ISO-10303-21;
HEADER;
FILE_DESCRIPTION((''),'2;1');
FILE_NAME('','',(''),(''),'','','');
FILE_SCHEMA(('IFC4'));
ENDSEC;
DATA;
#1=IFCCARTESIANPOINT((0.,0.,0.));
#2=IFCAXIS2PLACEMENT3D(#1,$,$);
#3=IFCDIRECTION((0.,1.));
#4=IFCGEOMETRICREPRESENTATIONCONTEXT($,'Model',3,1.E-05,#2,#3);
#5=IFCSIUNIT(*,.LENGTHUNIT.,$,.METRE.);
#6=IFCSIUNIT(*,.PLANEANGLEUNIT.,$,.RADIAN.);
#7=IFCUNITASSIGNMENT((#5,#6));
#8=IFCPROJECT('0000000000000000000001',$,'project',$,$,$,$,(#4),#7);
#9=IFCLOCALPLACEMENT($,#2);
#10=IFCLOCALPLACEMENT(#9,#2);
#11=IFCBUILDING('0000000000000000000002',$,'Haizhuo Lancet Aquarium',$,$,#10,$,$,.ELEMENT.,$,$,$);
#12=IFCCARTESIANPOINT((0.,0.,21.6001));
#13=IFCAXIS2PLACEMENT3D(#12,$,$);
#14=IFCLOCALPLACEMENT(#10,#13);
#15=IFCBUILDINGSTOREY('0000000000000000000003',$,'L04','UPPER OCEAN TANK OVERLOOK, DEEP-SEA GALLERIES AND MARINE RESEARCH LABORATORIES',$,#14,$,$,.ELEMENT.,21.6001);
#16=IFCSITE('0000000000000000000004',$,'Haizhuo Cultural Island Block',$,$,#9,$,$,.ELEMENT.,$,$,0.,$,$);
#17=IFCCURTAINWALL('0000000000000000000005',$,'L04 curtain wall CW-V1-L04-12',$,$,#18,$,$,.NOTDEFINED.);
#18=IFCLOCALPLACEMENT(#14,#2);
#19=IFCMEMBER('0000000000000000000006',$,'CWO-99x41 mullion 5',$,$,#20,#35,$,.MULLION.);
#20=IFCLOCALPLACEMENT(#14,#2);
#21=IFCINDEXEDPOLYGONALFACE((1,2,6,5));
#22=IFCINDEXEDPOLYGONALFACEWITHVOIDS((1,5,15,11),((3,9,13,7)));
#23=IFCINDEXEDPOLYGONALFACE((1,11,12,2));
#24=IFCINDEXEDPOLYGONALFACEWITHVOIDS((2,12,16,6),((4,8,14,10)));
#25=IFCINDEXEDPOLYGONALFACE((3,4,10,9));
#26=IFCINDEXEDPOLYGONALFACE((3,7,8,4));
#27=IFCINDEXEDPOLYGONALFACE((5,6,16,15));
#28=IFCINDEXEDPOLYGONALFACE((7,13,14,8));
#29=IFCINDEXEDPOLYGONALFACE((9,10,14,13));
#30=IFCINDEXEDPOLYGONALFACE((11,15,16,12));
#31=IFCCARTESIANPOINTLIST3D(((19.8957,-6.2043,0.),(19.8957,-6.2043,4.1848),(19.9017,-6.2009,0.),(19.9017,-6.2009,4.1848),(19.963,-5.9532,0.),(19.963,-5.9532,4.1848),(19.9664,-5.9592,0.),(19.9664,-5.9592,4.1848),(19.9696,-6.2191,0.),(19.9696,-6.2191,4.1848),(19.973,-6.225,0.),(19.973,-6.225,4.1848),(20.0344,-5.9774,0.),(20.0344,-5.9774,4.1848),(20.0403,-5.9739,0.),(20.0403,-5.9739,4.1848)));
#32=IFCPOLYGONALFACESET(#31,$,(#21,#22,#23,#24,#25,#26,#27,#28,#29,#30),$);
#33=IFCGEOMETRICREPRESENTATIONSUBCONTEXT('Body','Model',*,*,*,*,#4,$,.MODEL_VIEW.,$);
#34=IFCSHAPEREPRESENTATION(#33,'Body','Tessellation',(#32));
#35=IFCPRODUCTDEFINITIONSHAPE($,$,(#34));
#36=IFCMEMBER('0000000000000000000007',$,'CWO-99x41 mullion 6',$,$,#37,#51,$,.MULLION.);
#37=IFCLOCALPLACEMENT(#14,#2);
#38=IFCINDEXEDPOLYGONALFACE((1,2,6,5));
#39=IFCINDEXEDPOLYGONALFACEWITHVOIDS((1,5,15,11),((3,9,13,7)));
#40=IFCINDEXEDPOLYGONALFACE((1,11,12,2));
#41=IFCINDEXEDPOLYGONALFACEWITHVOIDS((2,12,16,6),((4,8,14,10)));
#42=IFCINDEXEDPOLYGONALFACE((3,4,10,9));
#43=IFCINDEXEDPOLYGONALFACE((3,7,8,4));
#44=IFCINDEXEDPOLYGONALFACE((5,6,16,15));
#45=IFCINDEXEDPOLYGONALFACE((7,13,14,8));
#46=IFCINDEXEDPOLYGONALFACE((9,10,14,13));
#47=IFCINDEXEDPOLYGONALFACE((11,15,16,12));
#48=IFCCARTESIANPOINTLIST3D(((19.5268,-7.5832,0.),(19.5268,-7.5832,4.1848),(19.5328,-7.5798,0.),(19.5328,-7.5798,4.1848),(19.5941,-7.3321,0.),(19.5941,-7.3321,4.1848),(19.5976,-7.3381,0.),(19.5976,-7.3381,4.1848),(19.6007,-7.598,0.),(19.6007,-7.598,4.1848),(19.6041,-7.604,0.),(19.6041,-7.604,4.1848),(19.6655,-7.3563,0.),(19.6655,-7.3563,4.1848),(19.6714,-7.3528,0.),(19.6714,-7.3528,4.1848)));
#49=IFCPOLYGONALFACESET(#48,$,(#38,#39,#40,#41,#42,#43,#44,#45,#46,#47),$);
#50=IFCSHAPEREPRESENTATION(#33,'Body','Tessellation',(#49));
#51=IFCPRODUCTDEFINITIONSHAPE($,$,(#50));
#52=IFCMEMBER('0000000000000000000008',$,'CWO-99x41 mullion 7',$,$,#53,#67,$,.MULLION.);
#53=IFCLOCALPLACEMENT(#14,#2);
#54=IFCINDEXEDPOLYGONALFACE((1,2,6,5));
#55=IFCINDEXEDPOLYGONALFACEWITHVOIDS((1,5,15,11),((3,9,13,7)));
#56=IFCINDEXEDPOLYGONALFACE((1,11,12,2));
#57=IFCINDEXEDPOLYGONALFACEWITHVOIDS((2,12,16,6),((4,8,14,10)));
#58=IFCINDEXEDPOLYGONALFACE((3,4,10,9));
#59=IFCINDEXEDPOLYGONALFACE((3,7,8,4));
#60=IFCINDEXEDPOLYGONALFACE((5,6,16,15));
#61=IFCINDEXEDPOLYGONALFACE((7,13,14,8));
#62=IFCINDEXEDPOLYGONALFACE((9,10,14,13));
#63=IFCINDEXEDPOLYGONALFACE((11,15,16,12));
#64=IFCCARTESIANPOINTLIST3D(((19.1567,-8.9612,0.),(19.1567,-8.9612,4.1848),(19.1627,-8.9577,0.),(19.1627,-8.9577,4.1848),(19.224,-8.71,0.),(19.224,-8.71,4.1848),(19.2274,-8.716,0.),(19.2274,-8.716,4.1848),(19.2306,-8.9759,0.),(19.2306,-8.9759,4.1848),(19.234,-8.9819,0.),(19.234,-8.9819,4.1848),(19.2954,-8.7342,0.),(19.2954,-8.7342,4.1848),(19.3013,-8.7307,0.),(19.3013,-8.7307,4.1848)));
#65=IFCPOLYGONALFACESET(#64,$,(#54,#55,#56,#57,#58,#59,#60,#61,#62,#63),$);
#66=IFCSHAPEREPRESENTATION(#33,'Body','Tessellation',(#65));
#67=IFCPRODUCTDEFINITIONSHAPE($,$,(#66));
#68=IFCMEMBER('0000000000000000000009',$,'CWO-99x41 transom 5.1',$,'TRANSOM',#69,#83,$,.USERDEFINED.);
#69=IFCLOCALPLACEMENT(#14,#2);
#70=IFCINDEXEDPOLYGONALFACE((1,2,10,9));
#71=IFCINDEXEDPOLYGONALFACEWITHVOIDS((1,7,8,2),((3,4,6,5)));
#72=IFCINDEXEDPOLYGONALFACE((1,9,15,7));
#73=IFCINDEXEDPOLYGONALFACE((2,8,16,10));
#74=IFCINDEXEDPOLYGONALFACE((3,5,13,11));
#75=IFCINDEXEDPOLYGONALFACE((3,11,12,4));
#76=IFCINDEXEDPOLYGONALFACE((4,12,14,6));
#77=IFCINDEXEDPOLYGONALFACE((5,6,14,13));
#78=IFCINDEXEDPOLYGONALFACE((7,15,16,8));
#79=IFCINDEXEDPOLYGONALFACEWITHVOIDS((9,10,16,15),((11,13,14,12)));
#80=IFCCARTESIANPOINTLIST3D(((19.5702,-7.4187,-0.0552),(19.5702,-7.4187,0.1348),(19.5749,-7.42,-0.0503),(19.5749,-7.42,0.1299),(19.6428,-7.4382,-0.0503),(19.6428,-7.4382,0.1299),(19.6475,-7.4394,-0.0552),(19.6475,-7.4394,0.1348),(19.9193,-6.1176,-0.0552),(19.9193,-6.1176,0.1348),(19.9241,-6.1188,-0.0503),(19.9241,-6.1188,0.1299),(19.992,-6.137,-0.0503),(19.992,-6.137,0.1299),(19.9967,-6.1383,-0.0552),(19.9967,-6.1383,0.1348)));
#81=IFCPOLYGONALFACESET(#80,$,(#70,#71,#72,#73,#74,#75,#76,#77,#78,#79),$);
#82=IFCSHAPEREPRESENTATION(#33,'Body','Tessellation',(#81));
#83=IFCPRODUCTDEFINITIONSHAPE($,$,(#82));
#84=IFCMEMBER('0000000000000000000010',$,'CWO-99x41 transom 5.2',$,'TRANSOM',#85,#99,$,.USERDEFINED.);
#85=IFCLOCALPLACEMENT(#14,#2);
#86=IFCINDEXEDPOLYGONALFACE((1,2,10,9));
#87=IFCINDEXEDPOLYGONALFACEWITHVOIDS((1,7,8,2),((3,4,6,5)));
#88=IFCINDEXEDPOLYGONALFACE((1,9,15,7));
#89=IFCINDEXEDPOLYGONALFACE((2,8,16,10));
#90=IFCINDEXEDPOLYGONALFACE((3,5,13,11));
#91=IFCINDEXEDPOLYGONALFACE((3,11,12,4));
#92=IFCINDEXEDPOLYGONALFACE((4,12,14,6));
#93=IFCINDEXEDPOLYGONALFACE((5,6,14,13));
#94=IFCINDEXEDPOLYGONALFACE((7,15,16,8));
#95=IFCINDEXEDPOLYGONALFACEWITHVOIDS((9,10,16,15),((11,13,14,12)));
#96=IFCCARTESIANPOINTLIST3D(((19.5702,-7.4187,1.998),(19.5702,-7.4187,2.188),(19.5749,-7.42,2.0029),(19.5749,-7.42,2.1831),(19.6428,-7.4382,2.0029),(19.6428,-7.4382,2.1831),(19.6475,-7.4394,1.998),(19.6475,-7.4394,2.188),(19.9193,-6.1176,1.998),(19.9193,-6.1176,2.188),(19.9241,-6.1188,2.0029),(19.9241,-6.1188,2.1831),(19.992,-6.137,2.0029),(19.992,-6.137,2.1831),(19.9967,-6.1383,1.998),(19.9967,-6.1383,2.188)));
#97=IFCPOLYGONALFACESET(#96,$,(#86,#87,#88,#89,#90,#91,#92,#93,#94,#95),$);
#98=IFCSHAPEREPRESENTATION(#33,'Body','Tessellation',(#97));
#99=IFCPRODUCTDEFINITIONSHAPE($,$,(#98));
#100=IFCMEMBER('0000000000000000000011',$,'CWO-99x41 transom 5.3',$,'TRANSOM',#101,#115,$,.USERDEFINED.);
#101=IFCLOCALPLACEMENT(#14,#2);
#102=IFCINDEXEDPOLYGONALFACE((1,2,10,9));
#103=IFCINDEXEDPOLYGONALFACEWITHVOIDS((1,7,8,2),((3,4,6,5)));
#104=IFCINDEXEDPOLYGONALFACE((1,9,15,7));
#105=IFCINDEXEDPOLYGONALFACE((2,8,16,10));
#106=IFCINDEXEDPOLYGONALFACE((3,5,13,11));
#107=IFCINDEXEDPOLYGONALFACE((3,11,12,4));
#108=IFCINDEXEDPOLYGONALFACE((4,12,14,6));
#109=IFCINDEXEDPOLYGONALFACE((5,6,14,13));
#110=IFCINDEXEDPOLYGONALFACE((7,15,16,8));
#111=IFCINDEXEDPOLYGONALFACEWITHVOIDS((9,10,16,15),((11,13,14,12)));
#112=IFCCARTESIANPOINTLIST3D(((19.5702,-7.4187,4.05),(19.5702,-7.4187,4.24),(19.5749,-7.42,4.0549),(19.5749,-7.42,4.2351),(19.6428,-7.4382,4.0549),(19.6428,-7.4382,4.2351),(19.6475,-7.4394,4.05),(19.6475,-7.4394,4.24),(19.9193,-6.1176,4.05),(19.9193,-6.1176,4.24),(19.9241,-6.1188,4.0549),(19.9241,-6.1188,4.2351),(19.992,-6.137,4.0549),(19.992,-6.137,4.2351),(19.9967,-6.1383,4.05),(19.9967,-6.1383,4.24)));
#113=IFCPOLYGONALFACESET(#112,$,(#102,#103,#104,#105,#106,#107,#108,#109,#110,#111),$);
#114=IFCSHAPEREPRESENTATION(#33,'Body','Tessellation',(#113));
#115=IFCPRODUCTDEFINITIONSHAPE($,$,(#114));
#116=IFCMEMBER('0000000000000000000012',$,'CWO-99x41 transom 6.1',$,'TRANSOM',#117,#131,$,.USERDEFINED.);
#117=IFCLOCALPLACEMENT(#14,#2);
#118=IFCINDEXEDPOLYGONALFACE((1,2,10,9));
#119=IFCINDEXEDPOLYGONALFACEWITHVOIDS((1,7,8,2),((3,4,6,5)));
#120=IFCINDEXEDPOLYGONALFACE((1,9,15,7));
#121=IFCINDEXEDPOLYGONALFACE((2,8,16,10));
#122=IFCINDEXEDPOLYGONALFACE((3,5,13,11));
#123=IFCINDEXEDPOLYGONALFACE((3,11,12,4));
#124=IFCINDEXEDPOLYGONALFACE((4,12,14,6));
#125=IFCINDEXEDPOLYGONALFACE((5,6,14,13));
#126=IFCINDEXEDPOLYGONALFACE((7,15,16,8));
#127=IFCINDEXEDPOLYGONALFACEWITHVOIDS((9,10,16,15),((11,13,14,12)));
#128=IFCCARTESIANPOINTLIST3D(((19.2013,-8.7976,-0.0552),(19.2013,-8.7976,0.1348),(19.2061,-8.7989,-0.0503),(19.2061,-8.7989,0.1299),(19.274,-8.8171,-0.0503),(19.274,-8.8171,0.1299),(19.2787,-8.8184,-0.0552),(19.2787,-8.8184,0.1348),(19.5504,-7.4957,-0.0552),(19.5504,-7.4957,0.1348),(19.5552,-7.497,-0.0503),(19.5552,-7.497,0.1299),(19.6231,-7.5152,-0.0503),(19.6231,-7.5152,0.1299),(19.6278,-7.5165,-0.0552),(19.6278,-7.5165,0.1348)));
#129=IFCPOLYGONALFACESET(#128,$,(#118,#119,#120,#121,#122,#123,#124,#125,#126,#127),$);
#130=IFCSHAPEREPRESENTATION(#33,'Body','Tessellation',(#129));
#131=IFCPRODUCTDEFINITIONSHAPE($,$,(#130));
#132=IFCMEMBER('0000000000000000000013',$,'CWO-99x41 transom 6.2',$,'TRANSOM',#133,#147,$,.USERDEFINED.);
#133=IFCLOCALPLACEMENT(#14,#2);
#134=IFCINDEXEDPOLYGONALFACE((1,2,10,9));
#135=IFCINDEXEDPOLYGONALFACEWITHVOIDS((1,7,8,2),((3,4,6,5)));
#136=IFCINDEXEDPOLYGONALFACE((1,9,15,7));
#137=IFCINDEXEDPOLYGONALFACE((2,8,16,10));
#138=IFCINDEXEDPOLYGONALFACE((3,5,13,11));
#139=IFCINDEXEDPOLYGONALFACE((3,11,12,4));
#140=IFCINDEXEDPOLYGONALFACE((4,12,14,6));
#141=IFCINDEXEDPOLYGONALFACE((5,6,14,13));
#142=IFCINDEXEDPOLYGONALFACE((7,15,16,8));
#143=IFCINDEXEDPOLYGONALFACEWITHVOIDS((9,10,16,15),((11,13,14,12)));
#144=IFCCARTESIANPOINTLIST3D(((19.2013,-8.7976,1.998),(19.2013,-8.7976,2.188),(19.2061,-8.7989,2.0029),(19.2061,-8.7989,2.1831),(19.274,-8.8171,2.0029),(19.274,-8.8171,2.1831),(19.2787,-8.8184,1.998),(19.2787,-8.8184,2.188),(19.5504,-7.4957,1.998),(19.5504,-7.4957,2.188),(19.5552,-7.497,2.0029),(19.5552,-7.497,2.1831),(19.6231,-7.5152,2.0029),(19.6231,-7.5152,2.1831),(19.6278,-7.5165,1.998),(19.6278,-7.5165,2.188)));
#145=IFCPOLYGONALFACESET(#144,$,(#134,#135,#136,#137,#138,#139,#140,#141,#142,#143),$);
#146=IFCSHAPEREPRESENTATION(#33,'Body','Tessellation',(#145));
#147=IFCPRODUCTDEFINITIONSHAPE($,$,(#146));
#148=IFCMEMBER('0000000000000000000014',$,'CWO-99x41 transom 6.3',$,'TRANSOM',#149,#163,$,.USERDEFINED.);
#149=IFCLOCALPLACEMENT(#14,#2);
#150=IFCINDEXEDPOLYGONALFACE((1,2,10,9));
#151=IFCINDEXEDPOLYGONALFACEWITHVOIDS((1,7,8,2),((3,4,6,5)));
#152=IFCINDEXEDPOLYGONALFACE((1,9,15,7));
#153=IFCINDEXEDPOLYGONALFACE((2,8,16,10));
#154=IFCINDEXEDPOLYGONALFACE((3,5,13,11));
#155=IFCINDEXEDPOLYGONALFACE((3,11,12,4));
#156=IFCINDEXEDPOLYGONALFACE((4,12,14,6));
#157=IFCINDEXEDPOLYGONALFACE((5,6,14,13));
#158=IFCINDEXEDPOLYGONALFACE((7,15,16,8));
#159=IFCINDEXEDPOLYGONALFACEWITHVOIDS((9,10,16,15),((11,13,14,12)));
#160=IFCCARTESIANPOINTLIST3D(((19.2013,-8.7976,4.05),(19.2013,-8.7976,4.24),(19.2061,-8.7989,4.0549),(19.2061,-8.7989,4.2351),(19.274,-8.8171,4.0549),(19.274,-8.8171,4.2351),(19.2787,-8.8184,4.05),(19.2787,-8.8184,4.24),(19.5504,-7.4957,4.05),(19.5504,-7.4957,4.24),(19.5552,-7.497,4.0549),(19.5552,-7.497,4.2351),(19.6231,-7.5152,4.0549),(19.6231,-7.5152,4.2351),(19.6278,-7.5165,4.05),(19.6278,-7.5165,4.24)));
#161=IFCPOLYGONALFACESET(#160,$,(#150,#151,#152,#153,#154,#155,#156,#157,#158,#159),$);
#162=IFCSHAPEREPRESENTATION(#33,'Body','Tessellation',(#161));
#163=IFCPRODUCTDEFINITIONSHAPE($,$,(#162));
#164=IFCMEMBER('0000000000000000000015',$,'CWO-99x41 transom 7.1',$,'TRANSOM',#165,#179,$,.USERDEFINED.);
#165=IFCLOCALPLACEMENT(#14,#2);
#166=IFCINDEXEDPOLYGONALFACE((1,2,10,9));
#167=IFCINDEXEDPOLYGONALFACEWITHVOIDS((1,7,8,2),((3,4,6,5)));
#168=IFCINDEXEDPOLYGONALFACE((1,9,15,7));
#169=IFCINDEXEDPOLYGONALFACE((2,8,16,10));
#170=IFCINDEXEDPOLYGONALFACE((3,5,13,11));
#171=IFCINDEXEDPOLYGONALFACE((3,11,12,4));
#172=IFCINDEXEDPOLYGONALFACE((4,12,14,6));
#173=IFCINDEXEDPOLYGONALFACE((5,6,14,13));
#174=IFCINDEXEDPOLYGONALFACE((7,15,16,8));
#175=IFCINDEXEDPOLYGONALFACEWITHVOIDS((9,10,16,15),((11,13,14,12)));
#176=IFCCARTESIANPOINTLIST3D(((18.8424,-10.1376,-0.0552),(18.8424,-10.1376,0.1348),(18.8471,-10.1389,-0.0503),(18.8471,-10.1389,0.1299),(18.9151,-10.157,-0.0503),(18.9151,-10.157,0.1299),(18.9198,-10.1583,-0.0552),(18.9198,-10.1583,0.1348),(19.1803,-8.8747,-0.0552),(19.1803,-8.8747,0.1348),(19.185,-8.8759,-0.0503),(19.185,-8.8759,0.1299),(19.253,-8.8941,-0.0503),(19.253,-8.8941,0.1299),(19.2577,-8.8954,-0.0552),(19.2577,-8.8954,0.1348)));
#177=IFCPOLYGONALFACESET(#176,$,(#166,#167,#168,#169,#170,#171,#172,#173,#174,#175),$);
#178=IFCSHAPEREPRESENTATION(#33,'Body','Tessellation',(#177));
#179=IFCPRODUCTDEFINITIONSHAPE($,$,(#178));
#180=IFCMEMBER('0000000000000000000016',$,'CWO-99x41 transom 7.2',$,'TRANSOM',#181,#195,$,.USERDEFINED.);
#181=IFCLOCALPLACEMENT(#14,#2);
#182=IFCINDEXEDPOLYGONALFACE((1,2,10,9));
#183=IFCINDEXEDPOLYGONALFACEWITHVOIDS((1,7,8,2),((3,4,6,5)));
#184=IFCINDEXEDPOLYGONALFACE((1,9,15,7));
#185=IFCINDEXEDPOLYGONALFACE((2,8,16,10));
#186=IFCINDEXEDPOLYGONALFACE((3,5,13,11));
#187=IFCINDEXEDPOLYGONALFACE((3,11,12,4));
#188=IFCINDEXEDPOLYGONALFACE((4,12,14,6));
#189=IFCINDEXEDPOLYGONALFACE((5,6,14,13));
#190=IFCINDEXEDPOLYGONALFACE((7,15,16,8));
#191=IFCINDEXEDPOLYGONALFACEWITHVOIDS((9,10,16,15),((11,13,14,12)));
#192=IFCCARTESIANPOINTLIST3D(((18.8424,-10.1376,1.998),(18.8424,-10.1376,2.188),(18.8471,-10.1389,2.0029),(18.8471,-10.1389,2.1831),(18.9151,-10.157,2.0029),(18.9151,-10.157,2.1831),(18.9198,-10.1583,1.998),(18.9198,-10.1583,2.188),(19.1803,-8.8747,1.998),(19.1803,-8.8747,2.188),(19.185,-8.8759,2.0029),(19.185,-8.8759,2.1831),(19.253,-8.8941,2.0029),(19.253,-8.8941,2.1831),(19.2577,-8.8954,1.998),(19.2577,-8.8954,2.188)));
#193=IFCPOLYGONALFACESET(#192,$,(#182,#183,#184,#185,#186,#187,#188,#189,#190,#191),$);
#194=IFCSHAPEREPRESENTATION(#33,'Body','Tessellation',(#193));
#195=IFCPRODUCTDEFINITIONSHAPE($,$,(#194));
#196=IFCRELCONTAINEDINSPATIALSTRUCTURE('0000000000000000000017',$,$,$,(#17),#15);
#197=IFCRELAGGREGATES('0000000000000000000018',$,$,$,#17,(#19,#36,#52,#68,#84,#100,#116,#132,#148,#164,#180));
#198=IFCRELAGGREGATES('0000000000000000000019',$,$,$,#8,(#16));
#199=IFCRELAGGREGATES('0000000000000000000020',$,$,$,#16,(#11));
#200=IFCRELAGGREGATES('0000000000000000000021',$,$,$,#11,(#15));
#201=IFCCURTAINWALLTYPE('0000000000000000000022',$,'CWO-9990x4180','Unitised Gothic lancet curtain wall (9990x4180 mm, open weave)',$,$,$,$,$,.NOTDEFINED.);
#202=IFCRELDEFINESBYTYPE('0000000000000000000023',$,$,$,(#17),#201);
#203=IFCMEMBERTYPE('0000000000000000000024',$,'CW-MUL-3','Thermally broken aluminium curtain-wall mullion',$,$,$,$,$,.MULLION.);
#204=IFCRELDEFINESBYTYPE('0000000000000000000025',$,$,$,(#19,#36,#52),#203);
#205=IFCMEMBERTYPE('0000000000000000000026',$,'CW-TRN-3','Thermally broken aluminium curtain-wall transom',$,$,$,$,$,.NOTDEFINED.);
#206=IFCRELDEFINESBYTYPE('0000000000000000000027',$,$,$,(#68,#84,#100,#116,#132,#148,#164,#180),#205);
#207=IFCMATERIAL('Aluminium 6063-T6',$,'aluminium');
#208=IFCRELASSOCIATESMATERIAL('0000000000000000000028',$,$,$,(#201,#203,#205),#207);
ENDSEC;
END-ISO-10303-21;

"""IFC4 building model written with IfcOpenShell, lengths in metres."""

from ifc_helpers import new_model, si_unit, direction, frame, origin, origin_2d, place, context, subcontext, project, spatial, hollow_rectangle, extrude, material, material_profile, profile_set, type_object, element, aggregate, save


model = new_model("IFC4")

# Units and contexts
model_context = context("Model", 3, precision=1e-05, world=origin(), true_north=direction((0.0, 1.0)))
body_context = subcontext(model_context, "Body", "Model", "MODEL_VIEW")
ifc_project = project(units=[si_unit("LENGTHUNIT", "METRE"), si_unit("PLANEANGLEUNIT", "RADIAN")], contexts=[model_context])

# Site, building, storey
site_placement = place(None, origin())
site = spatial("IfcSite", under=ifc_project, at=site_placement, Name="Haizhuo Cultural Island Block", CompositionType="ELEMENT", RefElevation=0.0)
building_placement = place(site_placement, origin())
building = spatial("IfcBuilding", under=site, at=building_placement, Name="Haizhuo Lancet Aquarium", CompositionType="ELEMENT")
storey_placement = place(building_placement, frame((0.0, 0.0, 21.6001)))
storey = spatial("IfcBuildingStorey", under=building, at=storey_placement, Name="L04", Description="UPPER OCEAN TANK OVERLOOK, DEEP-SEA GALLERIES AND MARINE RESEARCH LABORATORIES", CompositionType="ELEMENT", Elevation=21.6001)

# Curtain wall, members
ifc_material_1 = material(Name="Aluminium 6063-T6", Category="aluminium")
curtain_wall_type = type_object("IfcCurtainWallType", Name="CWO-9990x4180", Description="Unitised Gothic lancet curtain wall (9990x4180 mm, open weave)", PredefinedType="NOTDEFINED", material=ifc_material_1)
curtain_wall_placement = place(storey_placement, origin())
curtain_wall = element("IfcCurtainWall", 1, at=curtain_wall_placement, inside=storey, type_object=curtain_wall_type, Name="L04 curtain wall CW-V1-L04-12", PredefinedType="NOTDEFINED")
ifc_material_profile_1 = material_profile(ifc_material_1, hollow_rectangle(XDim=0.0801, YDim=0.26, WallThickness=0.0049, at=origin_2d()), Name="ALU-M 80x260x5")
ifc_profile_set_1 = profile_set([ifc_material_profile_1], Name="Aluminium 6063-T6")
member_type_1 = type_object("IfcMemberType", Name="CW-MUL-3", Description="Thermally broken aluminium curtain-wall mullion", PredefinedType="MULLION", material=ifc_profile_set_1)
member_1_placement = place(storey_placement, frame((19.968, -6.0891, 0.0), z_axis=(0.0, 0.0, 1.0), x_axis=(0.965917, -0.258853, 0.0)))
member_1 = element("IfcMember", 2, at=member_1_placement, type_object=member_type_1, Name="CWO-99x41 mullion 5", PredefinedType="MULLION", context=body_context, shape_type="SweptSolid", body=[
    extrude(hollow_rectangle(XDim=0.0801, YDim=0.26, WallThickness=0.0049, at=origin_2d()), origin(), (0.0, 0.0, 1.0), 4.1848),
])
member_2_placement = place(storey_placement, frame((19.5991, -7.468, 0.0), z_axis=(0.0, 0.0, 1.0), x_axis=(0.965917, -0.258853, 0.0)))
member_2 = element("IfcMember", 3, at=member_2_placement, type_object=member_type_1, Name="CWO-99x41 mullion 6", PredefinedType="MULLION", context=body_context, shape_type="SweptSolid", body=[
    extrude(hollow_rectangle(XDim=0.0801, YDim=0.26, WallThickness=0.0049, at=origin_2d()), origin(), (0.0, 0.0, 1.0), 4.1848),
])
member_3_placement = place(storey_placement, frame((19.229, -8.8459, 0.0), z_axis=(0.0, 0.0, 1.0), x_axis=(0.965917, -0.258853, 0.0)))
member_3 = element("IfcMember", 4, at=member_3_placement, type_object=member_type_1, Name="CWO-99x41 mullion 7", PredefinedType="MULLION", context=body_context, shape_type="SweptSolid", body=[
    extrude(hollow_rectangle(XDim=0.0801, YDim=0.26, WallThickness=0.0049, at=origin_2d()), origin(), (0.0, 0.0, 1.0), 4.1848),
])
ifc_material_profile_2 = material_profile(ifc_material_1, hollow_rectangle(XDim=0.0801, YDim=0.1899, WallThickness=0.0049, at=origin_2d()), Name="ALU-T 80x190x5")
ifc_profile_set_2 = profile_set([ifc_material_profile_2], Name="Aluminium 6063-T6")
member_type_2 = type_object("IfcMemberType", Name="CW-TRN-3", Description="Thermally broken aluminium curtain-wall transom", PredefinedType="NOTDEFINED", material=ifc_profile_set_2)
member_4_placement = place(storey_placement, frame((19.958, -6.1279, 0.0398), z_axis=(-0.259174, -0.965831, 0.0), x_axis=(0.965831, -0.259174, 0.0)))
member_4 = element("IfcMember", 5, at=member_4_placement, type_object=member_type_2, Name="CWO-99x41 transom 5.1", ObjectType="TRANSOM", PredefinedType="USERDEFINED", context=body_context, shape_type="SweptSolid", body=[
    extrude(hollow_rectangle(XDim=0.0801, YDim=0.1899, WallThickness=0.0049, at=origin_2d()), origin(), (0.0, 0.0, 1.0), 1.3472),
])
member_5_placement = place(storey_placement, frame((19.958, -6.1279, 2.093), z_axis=(-0.259174, -0.965831, 0.0), x_axis=(0.965831, -0.259174, 0.0)))
member_5 = element("IfcMember", 6, at=member_5_placement, type_object=member_type_2, Name="CWO-99x41 transom 5.2", ObjectType="TRANSOM", PredefinedType="USERDEFINED", context=body_context, shape_type="SweptSolid", body=[
    extrude(hollow_rectangle(XDim=0.0801, YDim=0.1899, WallThickness=0.0049, at=origin_2d()), origin(), (0.0, 0.0, 1.0), 1.3472),
])
member_6_placement = place(storey_placement, frame((19.958, -6.1279, 4.145), z_axis=(-0.259174, -0.965831, 0.0), x_axis=(0.965831, -0.259174, 0.0)))
member_6 = element("IfcMember", 7, at=member_6_placement, type_object=member_type_2, Name="CWO-99x41 transom 5.3", ObjectType="TRANSOM", PredefinedType="USERDEFINED", context=body_context, shape_type="SweptSolid", body=[
    extrude(hollow_rectangle(XDim=0.0801, YDim=0.1899, WallThickness=0.0049, at=origin_2d()), origin(), (0.0, 0.0, 1.0), 1.3472),
])
member_7_placement = place(storey_placement, frame((19.5891, -7.5061, 0.0398), z_axis=(-0.258993, -0.965879, 0.0), x_axis=(0.965879, -0.258993, 0.0)))
member_7 = element("IfcMember", 8, at=member_7_placement, type_object=member_type_2, Name="CWO-99x41 transom 6.1", ObjectType="TRANSOM", PredefinedType="USERDEFINED", context=body_context, shape_type="SweptSolid", body=[
    extrude(hollow_rectangle(XDim=0.0801, YDim=0.1899, WallThickness=0.0049, at=origin_2d()), origin(), (0.0, 0.0, 1.0), 1.3479),
])
member_8_placement = place(storey_placement, frame((19.5891, -7.5061, 2.093), z_axis=(-0.258993, -0.965879, 0.0), x_axis=(0.965879, -0.258993, 0.0)))
member_8 = element("IfcMember", 9, at=member_8_placement, type_object=member_type_2, Name="CWO-99x41 transom 6.2", ObjectType="TRANSOM", PredefinedType="USERDEFINED", context=body_context, shape_type="SweptSolid", body=[
    extrude(hollow_rectangle(XDim=0.0801, YDim=0.1899, WallThickness=0.0049, at=origin_2d()), origin(), (0.0, 0.0, 1.0), 1.3479),
])
member_9_placement = place(storey_placement, frame((19.5891, -7.5061, 4.145), z_axis=(-0.258993, -0.965879, 0.0), x_axis=(0.965879, -0.258993, 0.0)))
member_9 = element("IfcMember", 10, at=member_9_placement, type_object=member_type_2, Name="CWO-99x41 transom 6.3", ObjectType="TRANSOM", PredefinedType="USERDEFINED", context=body_context, shape_type="SweptSolid", body=[
    extrude(hollow_rectangle(XDim=0.0801, YDim=0.1899, WallThickness=0.0049, at=origin_2d()), origin(), (0.0, 0.0, 1.0), 1.3479),
])
member_10_placement = place(storey_placement, frame((19.219, -8.885, 0.0398), z_axis=(-0.258453, -0.966024, 0.0), x_axis=(0.966024, -0.258453, 0.0)))
member_10 = element("IfcMember", 11, at=member_10_placement, type_object=member_type_2, Name="CWO-99x41 transom 7.1", ObjectType="TRANSOM", PredefinedType="USERDEFINED", context=body_context, shape_type="SweptSolid", body=[
    extrude(hollow_rectangle(XDim=0.0801, YDim=0.1899, WallThickness=0.0049, at=origin_2d()), origin(), (0.0, 0.0, 1.0), 1.3074),
])
member_11_placement = place(storey_placement, frame((19.219, -8.885, 2.093), z_axis=(-0.258453, -0.966024, 0.0), x_axis=(0.966024, -0.258453, 0.0)))
member_11 = element("IfcMember", 12, at=member_11_placement, type_object=member_type_2, Name="CWO-99x41 transom 7.2", ObjectType="TRANSOM", PredefinedType="USERDEFINED", context=body_context, shape_type="SweptSolid", body=[
    extrude(hollow_rectangle(XDim=0.0801, YDim=0.1899, WallThickness=0.0049, at=origin_2d()), origin(), (0.0, 0.0, 1.0), 1.3074),
])

aggregate(curtain_wall, [member_1, member_2, member_3, member_4, member_5, member_6, member_7, member_8, member_9, member_10, member_11])

save(model, "model.ifc")
